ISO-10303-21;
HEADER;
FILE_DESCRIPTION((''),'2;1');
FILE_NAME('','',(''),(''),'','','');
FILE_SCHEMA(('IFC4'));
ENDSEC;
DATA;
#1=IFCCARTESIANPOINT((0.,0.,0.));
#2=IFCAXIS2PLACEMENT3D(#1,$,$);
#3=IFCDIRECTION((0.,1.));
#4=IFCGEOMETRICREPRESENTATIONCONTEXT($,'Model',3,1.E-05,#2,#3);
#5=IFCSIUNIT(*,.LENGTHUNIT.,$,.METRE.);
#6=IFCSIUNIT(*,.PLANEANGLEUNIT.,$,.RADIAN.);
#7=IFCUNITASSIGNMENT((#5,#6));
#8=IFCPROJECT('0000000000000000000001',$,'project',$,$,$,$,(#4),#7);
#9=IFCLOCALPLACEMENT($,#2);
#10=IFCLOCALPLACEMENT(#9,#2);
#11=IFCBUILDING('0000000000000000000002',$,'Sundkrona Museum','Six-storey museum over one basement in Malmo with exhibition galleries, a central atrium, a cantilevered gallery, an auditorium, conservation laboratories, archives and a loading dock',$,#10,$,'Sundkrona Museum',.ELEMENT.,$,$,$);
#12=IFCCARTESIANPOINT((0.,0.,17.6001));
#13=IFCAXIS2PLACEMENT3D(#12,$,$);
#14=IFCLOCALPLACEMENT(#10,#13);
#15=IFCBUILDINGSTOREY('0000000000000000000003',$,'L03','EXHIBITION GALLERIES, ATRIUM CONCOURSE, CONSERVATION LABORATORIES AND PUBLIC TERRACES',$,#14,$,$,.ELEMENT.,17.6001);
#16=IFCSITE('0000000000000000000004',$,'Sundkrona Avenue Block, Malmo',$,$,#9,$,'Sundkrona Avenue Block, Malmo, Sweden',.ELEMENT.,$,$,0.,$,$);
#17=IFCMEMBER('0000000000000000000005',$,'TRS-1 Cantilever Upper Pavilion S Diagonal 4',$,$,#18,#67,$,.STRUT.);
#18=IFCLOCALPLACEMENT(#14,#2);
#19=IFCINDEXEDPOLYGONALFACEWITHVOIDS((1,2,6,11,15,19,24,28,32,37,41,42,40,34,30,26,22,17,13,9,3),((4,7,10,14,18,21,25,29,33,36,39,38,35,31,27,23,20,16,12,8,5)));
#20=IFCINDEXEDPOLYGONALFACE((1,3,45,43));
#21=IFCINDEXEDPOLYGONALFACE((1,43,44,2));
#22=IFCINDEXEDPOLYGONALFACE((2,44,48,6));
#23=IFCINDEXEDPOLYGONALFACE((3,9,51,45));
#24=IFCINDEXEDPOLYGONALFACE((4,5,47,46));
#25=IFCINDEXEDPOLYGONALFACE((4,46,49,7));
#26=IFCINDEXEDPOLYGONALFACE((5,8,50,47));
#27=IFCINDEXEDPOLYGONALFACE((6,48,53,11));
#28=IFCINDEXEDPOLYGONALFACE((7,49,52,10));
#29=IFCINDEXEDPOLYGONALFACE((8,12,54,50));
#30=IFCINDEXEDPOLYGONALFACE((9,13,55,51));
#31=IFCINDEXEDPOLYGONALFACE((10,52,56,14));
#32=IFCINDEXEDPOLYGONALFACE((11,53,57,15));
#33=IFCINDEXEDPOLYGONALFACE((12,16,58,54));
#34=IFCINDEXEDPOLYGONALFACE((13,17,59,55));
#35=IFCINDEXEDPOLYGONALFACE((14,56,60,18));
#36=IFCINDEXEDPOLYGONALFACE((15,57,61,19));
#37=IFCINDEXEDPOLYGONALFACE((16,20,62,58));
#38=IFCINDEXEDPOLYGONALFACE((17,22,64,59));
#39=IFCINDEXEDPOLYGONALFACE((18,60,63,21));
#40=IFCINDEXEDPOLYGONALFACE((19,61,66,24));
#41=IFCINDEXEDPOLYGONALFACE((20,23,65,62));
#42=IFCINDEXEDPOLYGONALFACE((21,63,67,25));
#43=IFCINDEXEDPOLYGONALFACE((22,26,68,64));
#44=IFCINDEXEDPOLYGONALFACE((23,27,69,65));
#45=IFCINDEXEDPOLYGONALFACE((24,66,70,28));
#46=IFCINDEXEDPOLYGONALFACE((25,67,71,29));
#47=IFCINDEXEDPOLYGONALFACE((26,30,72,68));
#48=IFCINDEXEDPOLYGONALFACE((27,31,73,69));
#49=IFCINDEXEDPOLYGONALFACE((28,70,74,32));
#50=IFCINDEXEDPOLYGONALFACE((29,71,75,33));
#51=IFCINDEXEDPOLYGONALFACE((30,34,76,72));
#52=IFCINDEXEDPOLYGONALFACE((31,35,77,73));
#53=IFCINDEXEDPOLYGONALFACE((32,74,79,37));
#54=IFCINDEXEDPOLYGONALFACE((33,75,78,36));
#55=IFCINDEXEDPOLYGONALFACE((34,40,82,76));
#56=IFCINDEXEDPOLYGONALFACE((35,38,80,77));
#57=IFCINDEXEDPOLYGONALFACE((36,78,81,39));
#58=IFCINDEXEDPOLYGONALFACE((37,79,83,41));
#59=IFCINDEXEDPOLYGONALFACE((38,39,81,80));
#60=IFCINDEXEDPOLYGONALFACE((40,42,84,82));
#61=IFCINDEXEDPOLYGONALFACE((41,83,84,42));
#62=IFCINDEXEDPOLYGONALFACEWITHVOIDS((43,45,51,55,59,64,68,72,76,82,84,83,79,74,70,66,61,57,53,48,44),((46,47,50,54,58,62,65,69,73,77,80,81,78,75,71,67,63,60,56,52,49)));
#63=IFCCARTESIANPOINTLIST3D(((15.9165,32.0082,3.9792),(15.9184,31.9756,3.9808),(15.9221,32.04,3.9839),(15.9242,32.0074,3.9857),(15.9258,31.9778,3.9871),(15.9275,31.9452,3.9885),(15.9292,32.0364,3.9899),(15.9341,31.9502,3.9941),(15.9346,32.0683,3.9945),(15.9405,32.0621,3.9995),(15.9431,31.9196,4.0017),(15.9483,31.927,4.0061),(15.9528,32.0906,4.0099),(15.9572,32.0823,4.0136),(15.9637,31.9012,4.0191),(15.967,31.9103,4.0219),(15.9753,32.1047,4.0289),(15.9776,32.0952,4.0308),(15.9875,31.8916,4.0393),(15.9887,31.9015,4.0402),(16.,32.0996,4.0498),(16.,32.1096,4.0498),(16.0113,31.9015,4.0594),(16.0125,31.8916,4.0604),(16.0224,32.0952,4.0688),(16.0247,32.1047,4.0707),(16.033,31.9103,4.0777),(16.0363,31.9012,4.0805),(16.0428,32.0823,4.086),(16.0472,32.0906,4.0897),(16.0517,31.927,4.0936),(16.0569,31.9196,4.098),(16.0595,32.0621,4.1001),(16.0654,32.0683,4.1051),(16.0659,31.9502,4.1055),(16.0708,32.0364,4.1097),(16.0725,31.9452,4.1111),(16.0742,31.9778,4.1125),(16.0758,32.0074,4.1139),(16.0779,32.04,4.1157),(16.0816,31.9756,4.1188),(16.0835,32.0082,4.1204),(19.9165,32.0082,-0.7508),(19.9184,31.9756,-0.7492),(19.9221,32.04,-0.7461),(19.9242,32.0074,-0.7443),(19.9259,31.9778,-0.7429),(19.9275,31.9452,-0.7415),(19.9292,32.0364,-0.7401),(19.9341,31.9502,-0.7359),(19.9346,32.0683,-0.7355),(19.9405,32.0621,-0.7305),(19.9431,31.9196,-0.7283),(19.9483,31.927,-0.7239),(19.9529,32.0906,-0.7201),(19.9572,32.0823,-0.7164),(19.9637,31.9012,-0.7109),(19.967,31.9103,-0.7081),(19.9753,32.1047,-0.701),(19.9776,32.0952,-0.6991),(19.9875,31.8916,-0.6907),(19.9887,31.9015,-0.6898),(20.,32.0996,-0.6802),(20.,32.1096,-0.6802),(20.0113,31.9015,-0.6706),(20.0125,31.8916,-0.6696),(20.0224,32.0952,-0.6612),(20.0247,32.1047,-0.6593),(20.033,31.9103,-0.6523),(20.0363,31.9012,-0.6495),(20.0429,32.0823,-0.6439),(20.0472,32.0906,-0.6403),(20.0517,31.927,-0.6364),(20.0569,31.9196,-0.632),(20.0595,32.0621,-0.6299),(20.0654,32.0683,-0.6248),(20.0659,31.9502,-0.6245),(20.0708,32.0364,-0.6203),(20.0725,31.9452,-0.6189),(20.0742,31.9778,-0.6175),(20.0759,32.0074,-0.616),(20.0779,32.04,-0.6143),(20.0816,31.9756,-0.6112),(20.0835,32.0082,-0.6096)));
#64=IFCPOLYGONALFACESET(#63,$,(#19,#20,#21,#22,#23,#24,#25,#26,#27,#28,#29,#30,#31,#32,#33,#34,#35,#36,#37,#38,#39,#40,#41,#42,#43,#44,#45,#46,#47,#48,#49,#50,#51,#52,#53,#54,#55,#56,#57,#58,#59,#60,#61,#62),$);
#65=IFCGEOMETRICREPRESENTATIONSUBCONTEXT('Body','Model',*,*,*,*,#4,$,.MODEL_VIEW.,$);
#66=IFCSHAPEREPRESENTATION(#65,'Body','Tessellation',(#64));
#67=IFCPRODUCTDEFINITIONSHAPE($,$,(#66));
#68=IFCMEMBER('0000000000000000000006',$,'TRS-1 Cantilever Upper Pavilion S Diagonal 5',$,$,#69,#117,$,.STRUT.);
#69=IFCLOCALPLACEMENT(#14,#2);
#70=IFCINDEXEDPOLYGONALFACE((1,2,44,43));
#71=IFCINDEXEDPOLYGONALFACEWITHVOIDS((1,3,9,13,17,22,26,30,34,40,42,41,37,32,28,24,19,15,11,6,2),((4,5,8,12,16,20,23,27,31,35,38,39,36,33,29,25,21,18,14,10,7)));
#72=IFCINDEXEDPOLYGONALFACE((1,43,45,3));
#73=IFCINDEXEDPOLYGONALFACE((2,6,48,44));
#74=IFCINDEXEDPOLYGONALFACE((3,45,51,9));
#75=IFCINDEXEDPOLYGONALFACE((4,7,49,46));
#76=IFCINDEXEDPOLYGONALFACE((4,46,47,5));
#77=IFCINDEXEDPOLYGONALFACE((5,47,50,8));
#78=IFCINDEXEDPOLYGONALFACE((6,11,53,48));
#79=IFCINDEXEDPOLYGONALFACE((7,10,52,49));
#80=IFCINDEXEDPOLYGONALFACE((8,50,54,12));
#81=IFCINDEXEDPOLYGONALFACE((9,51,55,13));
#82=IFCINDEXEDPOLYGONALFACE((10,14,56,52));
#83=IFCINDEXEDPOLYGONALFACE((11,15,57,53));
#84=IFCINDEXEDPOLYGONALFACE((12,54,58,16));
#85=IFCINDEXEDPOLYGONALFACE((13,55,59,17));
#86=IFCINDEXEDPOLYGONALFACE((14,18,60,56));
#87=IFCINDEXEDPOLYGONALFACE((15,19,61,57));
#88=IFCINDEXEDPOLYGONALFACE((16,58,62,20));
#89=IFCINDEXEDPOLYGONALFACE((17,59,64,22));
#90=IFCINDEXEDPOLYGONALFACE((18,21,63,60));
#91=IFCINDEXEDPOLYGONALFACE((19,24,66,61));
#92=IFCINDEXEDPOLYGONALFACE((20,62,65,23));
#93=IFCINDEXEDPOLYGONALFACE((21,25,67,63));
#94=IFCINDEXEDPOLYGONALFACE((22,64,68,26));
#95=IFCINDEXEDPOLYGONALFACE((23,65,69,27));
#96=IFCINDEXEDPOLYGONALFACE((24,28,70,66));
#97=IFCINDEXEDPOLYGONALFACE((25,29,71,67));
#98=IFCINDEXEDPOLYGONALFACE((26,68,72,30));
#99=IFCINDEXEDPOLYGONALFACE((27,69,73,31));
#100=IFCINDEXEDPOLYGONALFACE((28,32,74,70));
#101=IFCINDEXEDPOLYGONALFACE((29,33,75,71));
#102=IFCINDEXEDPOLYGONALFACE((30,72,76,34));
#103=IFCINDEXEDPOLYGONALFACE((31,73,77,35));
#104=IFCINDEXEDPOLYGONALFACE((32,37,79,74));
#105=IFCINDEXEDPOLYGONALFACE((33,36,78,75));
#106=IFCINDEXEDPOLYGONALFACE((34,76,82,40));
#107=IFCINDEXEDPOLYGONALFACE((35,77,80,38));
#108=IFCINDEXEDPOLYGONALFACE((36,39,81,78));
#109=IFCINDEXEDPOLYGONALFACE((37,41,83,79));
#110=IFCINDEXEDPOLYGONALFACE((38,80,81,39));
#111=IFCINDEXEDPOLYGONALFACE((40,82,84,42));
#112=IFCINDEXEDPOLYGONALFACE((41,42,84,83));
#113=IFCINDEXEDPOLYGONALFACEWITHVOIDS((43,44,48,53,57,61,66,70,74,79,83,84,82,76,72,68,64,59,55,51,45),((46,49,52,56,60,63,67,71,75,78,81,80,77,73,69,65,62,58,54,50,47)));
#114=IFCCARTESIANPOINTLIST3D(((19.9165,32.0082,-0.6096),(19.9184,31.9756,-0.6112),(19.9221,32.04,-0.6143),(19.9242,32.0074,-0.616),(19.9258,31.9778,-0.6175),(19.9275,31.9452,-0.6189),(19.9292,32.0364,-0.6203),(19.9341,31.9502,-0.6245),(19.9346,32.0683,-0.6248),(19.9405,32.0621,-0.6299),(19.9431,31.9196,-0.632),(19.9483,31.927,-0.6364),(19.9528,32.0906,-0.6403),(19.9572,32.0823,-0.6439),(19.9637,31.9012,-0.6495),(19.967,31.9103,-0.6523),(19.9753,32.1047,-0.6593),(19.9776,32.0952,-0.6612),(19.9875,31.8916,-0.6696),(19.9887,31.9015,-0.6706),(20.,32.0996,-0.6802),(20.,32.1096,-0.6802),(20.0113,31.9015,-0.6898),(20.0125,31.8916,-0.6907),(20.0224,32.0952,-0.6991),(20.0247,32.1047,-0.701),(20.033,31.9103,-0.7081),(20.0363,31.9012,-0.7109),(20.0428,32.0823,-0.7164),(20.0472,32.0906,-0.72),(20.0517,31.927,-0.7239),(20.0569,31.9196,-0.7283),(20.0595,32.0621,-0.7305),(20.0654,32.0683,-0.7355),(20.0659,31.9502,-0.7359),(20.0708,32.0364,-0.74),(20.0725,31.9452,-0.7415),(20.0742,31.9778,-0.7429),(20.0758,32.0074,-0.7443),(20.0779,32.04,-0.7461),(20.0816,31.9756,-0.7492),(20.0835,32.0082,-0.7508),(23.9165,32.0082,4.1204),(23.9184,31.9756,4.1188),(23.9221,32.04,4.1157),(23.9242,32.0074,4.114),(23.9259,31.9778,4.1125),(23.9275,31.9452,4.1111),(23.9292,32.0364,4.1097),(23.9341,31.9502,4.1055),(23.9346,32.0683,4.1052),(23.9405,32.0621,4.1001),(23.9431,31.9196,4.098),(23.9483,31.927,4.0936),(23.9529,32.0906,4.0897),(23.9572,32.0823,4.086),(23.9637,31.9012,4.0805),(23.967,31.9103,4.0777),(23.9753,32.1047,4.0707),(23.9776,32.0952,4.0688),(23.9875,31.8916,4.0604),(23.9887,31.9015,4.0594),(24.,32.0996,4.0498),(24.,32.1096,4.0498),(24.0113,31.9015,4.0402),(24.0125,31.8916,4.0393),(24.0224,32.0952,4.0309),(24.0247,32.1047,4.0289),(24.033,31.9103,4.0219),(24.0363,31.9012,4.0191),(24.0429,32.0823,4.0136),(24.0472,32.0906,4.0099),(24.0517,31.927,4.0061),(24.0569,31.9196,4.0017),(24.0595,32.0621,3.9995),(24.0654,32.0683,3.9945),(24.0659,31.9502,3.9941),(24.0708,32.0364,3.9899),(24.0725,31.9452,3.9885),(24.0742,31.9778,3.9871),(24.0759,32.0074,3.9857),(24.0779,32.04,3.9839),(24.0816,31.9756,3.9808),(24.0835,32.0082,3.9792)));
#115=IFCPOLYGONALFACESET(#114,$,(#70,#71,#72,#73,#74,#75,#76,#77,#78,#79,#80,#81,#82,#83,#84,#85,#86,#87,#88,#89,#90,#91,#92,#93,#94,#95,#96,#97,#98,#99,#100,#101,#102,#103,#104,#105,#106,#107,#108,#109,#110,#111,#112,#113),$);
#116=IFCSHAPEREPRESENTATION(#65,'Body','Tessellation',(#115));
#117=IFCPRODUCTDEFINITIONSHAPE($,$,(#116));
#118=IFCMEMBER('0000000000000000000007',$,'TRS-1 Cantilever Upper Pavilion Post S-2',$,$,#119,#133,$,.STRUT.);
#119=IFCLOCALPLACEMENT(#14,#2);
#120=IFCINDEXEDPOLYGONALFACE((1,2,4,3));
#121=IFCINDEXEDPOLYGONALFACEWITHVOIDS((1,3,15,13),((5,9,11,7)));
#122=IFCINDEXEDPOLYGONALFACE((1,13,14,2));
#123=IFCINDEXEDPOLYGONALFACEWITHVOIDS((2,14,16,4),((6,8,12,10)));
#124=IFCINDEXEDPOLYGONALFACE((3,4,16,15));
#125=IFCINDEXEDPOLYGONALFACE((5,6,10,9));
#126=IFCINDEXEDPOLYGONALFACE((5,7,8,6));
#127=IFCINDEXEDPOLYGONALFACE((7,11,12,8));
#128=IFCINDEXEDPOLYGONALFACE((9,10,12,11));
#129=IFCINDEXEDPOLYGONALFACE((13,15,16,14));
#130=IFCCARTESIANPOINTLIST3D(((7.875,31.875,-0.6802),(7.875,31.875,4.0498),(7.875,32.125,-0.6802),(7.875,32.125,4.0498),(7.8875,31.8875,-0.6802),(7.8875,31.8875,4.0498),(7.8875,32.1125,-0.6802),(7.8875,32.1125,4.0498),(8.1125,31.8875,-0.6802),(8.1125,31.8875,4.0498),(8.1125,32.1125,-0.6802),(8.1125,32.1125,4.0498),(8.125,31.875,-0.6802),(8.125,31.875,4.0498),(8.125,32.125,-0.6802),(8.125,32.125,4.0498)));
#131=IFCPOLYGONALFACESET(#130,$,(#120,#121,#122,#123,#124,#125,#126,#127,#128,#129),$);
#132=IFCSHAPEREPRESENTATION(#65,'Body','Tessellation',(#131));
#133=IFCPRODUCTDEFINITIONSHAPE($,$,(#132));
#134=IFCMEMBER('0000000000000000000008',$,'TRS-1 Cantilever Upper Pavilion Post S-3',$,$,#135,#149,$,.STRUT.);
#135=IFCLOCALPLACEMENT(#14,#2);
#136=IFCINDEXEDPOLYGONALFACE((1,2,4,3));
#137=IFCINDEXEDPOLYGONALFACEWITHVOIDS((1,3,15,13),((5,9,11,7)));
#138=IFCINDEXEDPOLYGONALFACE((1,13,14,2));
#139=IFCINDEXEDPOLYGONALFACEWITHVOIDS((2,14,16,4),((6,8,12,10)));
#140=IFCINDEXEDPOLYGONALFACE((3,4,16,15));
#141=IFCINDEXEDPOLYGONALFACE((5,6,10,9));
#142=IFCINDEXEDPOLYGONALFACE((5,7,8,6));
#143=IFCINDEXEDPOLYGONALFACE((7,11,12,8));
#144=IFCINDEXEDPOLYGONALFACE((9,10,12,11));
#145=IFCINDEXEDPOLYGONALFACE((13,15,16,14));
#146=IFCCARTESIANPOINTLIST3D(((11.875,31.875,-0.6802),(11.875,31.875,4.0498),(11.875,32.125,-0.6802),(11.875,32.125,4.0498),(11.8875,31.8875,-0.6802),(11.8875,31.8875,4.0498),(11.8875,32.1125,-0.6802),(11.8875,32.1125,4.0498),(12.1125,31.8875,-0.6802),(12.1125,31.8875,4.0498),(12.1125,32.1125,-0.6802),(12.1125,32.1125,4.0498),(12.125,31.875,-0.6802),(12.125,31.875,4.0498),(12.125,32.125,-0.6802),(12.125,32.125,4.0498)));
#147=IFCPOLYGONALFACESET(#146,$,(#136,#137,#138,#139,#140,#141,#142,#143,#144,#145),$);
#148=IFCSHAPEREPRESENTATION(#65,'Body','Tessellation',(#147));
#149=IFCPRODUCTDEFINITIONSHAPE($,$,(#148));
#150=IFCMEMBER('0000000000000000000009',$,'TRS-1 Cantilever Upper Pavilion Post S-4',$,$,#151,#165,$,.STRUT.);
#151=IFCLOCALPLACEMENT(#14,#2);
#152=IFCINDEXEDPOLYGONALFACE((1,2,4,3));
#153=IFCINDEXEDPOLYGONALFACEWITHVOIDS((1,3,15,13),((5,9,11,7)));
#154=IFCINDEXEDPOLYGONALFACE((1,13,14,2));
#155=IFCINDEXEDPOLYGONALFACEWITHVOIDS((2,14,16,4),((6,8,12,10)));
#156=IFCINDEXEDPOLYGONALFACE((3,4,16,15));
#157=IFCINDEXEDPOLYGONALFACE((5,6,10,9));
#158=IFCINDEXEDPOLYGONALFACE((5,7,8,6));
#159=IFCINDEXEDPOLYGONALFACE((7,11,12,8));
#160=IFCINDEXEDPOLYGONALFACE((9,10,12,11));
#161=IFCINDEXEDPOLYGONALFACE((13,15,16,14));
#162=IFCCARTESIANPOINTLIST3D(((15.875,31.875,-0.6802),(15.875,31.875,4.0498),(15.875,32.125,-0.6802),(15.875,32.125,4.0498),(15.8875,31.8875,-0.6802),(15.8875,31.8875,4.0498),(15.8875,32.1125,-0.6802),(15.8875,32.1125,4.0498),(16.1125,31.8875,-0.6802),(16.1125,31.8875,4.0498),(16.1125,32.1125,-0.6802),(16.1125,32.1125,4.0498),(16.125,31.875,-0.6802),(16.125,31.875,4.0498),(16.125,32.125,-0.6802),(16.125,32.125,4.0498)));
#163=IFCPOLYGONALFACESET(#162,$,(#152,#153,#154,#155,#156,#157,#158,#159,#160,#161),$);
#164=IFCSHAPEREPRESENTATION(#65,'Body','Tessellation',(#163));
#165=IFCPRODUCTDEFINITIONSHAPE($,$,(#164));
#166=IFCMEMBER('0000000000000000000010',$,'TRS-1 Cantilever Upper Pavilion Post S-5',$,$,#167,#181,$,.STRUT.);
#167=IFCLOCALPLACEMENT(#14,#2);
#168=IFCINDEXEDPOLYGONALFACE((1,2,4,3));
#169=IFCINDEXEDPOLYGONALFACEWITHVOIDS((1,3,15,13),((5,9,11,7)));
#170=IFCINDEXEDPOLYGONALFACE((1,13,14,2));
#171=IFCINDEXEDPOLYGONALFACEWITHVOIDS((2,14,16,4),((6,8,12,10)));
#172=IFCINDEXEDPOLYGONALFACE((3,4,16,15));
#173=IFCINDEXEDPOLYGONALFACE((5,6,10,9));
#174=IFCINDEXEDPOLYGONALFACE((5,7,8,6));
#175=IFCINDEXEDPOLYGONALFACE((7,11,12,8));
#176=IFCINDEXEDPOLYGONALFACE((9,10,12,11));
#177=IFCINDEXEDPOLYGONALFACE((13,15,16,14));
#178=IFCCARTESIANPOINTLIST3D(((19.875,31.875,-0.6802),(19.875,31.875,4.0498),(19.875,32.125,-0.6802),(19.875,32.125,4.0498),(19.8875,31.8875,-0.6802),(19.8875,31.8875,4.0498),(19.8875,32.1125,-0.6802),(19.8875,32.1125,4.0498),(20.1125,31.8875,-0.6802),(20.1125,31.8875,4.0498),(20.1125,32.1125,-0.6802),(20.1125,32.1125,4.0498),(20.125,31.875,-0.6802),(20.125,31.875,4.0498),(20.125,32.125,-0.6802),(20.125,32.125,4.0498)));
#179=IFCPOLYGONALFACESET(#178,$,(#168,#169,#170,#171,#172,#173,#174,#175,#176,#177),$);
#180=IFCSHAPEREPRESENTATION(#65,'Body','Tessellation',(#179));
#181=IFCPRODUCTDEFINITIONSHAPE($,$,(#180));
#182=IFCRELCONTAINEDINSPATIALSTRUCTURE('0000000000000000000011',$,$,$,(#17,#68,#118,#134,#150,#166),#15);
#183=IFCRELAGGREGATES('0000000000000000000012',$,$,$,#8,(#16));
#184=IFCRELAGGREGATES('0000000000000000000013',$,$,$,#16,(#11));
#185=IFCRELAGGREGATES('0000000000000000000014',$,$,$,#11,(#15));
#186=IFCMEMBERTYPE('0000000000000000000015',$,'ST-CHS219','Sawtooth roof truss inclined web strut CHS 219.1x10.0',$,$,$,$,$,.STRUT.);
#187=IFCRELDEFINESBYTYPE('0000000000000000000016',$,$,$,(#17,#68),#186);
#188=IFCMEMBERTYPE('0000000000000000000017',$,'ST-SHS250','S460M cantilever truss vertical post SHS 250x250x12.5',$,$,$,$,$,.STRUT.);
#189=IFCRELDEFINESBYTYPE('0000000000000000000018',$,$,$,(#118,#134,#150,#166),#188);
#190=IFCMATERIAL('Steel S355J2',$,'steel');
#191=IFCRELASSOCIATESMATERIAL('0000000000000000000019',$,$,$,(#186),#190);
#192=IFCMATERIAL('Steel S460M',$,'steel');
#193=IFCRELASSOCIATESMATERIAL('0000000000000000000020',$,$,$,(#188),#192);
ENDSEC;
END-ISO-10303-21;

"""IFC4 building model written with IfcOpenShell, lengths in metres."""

from ifc_helpers import new_model, si_unit, direction, frame, origin, origin_2d, place, context, subcontext, project, spatial, hollow_rectangle, hollow_circle, extrude, material, material_profile, profile_set, type_object, element, save


model = new_model("IFC4")

# Units and contexts
model_context = context("Model", 3, precision=1e-05, world=origin(), true_north=direction((0.0, 1.0)))
body_context = subcontext(model_context, "Body", "Model", "MODEL_VIEW")
ifc_project = project(units=[si_unit("LENGTHUNIT", "METRE"), si_unit("PLANEANGLEUNIT", "RADIAN")], contexts=[model_context])

# Site, building, storey
site_placement = place(None, origin())
site = spatial("IfcSite", under=ifc_project, at=site_placement, Name="Sundkrona Avenue Block, Malmo", LongName="Sundkrona Avenue Block, Malmo, Sweden", CompositionType="ELEMENT", RefElevation=0.0)
building_placement = place(site_placement, origin())
building = spatial("IfcBuilding", under=site, at=building_placement, Name="Sundkrona Museum", Description="Six-storey museum over one basement in Malmo with exhibition galleries, a central atrium, a cantilevered gallery, an auditorium, conservation laboratories, archives and a loading dock", LongName="Sundkrona Museum", CompositionType="ELEMENT")
storey_placement = place(building_placement, frame((0.0, 0.0, 17.6001)))
storey = spatial("IfcBuildingStorey", under=building, at=storey_placement, Name="L03", Description="EXHIBITION GALLERIES, ATRIUM CONCOURSE, CONSERVATION LABORATORIES AND PUBLIC TERRACES", CompositionType="ELEMENT", Elevation=17.6001)

# Shared definitions
ifc_material_1 = material(Name="Steel S460M", Category="steel")

# Members
ifc_material_2 = material(Name="Steel S355J2", Category="steel")
ifc_material_profile_1 = material_profile(ifc_material_2, hollow_circle(Radius=0.1096, WallThickness=0.01, at=origin_2d()), Name="CHS 219.1x10.0")
ifc_profile_set_1 = profile_set([ifc_material_profile_1], Name="Steel S355J2")
member_type_1 = type_object("IfcMemberType", Name="ST-CHS219", Description="Sawtooth roof truss inclined web strut CHS 219.1x10.0", PredefinedType="STRUT", material=ifc_profile_set_1)
for number, where, z_axis, x_axis, name in (
    (1, (16.0, 32.0, 4.0498), (0.645727, 0.0, -0.763569), (0.0, 1.0, 0.0), "TRS-1 Cantilever Upper Pavilion S Diagonal 4"),
    (2, (20.0, 32.0, -0.6802), (0.645727, 0.0, 0.763569), (0.0, 1.0, 0.0), "TRS-1 Cantilever Upper Pavilion S Diagonal 5"),
):
    element("IfcMember", number, at=place(storey_placement, frame(where, z_axis=z_axis, x_axis=x_axis)), inside=storey, type_object=member_type_1, Name=name, PredefinedType="STRUT", context=body_context, shape_type="SweptSolid", body=[
        extrude(hollow_circle(Radius=0.1096, WallThickness=0.01, at=origin_2d()), origin(), (0.0, 0.0, 1.0), 6.1946),
    ])
ifc_material_profile_2 = material_profile(ifc_material_1, hollow_rectangle(XDim=0.25, YDim=0.25, WallThickness=0.0125, at=origin_2d()), Name="SHS 250x250x12.5")
ifc_profile_set_2 = profile_set([ifc_material_profile_2], Name="Steel S460M")
member_type_2 = type_object("IfcMemberType", Name="ST-SHS250", Description="S460M cantilever truss vertical post SHS 250x250x12.5", PredefinedType="STRUT", material=ifc_profile_set_2)
for number, where, z_axis, x_axis, name in (
    (3, (8.0, 32.0, -0.6802), (0.0, 0.0, 1.0), (1.0, 0.0, 0.0), "TRS-1 Cantilever Upper Pavilion Post S-2"),
    (4, (12.0, 32.0, -0.6802), (0.0, 0.0, 1.0), (1.0, 0.0, 0.0), "TRS-1 Cantilever Upper Pavilion Post S-3"),
    (5, (16.0, 32.0, -0.6802), (0.0, 0.0, 1.0), (1.0, 0.0, 0.0), "TRS-1 Cantilever Upper Pavilion Post S-4"),
    (6, (20.0, 32.0, -0.6802), (0.0, 0.0, 1.0), (1.0, 0.0, 0.0), "TRS-1 Cantilever Upper Pavilion Post S-5"),
):
    element("IfcMember", number, at=place(storey_placement, frame(where, z_axis=z_axis, x_axis=x_axis)), inside=storey, type_object=member_type_2, Name=name, PredefinedType="STRUT", context=body_context, shape_type="SweptSolid", body=[
        extrude(hollow_rectangle(XDim=0.25, YDim=0.25, WallThickness=0.0125, at=origin_2d()), origin(), (0.0, 0.0, 1.0), 4.73),
    ])

save(model, "model.ifc")
